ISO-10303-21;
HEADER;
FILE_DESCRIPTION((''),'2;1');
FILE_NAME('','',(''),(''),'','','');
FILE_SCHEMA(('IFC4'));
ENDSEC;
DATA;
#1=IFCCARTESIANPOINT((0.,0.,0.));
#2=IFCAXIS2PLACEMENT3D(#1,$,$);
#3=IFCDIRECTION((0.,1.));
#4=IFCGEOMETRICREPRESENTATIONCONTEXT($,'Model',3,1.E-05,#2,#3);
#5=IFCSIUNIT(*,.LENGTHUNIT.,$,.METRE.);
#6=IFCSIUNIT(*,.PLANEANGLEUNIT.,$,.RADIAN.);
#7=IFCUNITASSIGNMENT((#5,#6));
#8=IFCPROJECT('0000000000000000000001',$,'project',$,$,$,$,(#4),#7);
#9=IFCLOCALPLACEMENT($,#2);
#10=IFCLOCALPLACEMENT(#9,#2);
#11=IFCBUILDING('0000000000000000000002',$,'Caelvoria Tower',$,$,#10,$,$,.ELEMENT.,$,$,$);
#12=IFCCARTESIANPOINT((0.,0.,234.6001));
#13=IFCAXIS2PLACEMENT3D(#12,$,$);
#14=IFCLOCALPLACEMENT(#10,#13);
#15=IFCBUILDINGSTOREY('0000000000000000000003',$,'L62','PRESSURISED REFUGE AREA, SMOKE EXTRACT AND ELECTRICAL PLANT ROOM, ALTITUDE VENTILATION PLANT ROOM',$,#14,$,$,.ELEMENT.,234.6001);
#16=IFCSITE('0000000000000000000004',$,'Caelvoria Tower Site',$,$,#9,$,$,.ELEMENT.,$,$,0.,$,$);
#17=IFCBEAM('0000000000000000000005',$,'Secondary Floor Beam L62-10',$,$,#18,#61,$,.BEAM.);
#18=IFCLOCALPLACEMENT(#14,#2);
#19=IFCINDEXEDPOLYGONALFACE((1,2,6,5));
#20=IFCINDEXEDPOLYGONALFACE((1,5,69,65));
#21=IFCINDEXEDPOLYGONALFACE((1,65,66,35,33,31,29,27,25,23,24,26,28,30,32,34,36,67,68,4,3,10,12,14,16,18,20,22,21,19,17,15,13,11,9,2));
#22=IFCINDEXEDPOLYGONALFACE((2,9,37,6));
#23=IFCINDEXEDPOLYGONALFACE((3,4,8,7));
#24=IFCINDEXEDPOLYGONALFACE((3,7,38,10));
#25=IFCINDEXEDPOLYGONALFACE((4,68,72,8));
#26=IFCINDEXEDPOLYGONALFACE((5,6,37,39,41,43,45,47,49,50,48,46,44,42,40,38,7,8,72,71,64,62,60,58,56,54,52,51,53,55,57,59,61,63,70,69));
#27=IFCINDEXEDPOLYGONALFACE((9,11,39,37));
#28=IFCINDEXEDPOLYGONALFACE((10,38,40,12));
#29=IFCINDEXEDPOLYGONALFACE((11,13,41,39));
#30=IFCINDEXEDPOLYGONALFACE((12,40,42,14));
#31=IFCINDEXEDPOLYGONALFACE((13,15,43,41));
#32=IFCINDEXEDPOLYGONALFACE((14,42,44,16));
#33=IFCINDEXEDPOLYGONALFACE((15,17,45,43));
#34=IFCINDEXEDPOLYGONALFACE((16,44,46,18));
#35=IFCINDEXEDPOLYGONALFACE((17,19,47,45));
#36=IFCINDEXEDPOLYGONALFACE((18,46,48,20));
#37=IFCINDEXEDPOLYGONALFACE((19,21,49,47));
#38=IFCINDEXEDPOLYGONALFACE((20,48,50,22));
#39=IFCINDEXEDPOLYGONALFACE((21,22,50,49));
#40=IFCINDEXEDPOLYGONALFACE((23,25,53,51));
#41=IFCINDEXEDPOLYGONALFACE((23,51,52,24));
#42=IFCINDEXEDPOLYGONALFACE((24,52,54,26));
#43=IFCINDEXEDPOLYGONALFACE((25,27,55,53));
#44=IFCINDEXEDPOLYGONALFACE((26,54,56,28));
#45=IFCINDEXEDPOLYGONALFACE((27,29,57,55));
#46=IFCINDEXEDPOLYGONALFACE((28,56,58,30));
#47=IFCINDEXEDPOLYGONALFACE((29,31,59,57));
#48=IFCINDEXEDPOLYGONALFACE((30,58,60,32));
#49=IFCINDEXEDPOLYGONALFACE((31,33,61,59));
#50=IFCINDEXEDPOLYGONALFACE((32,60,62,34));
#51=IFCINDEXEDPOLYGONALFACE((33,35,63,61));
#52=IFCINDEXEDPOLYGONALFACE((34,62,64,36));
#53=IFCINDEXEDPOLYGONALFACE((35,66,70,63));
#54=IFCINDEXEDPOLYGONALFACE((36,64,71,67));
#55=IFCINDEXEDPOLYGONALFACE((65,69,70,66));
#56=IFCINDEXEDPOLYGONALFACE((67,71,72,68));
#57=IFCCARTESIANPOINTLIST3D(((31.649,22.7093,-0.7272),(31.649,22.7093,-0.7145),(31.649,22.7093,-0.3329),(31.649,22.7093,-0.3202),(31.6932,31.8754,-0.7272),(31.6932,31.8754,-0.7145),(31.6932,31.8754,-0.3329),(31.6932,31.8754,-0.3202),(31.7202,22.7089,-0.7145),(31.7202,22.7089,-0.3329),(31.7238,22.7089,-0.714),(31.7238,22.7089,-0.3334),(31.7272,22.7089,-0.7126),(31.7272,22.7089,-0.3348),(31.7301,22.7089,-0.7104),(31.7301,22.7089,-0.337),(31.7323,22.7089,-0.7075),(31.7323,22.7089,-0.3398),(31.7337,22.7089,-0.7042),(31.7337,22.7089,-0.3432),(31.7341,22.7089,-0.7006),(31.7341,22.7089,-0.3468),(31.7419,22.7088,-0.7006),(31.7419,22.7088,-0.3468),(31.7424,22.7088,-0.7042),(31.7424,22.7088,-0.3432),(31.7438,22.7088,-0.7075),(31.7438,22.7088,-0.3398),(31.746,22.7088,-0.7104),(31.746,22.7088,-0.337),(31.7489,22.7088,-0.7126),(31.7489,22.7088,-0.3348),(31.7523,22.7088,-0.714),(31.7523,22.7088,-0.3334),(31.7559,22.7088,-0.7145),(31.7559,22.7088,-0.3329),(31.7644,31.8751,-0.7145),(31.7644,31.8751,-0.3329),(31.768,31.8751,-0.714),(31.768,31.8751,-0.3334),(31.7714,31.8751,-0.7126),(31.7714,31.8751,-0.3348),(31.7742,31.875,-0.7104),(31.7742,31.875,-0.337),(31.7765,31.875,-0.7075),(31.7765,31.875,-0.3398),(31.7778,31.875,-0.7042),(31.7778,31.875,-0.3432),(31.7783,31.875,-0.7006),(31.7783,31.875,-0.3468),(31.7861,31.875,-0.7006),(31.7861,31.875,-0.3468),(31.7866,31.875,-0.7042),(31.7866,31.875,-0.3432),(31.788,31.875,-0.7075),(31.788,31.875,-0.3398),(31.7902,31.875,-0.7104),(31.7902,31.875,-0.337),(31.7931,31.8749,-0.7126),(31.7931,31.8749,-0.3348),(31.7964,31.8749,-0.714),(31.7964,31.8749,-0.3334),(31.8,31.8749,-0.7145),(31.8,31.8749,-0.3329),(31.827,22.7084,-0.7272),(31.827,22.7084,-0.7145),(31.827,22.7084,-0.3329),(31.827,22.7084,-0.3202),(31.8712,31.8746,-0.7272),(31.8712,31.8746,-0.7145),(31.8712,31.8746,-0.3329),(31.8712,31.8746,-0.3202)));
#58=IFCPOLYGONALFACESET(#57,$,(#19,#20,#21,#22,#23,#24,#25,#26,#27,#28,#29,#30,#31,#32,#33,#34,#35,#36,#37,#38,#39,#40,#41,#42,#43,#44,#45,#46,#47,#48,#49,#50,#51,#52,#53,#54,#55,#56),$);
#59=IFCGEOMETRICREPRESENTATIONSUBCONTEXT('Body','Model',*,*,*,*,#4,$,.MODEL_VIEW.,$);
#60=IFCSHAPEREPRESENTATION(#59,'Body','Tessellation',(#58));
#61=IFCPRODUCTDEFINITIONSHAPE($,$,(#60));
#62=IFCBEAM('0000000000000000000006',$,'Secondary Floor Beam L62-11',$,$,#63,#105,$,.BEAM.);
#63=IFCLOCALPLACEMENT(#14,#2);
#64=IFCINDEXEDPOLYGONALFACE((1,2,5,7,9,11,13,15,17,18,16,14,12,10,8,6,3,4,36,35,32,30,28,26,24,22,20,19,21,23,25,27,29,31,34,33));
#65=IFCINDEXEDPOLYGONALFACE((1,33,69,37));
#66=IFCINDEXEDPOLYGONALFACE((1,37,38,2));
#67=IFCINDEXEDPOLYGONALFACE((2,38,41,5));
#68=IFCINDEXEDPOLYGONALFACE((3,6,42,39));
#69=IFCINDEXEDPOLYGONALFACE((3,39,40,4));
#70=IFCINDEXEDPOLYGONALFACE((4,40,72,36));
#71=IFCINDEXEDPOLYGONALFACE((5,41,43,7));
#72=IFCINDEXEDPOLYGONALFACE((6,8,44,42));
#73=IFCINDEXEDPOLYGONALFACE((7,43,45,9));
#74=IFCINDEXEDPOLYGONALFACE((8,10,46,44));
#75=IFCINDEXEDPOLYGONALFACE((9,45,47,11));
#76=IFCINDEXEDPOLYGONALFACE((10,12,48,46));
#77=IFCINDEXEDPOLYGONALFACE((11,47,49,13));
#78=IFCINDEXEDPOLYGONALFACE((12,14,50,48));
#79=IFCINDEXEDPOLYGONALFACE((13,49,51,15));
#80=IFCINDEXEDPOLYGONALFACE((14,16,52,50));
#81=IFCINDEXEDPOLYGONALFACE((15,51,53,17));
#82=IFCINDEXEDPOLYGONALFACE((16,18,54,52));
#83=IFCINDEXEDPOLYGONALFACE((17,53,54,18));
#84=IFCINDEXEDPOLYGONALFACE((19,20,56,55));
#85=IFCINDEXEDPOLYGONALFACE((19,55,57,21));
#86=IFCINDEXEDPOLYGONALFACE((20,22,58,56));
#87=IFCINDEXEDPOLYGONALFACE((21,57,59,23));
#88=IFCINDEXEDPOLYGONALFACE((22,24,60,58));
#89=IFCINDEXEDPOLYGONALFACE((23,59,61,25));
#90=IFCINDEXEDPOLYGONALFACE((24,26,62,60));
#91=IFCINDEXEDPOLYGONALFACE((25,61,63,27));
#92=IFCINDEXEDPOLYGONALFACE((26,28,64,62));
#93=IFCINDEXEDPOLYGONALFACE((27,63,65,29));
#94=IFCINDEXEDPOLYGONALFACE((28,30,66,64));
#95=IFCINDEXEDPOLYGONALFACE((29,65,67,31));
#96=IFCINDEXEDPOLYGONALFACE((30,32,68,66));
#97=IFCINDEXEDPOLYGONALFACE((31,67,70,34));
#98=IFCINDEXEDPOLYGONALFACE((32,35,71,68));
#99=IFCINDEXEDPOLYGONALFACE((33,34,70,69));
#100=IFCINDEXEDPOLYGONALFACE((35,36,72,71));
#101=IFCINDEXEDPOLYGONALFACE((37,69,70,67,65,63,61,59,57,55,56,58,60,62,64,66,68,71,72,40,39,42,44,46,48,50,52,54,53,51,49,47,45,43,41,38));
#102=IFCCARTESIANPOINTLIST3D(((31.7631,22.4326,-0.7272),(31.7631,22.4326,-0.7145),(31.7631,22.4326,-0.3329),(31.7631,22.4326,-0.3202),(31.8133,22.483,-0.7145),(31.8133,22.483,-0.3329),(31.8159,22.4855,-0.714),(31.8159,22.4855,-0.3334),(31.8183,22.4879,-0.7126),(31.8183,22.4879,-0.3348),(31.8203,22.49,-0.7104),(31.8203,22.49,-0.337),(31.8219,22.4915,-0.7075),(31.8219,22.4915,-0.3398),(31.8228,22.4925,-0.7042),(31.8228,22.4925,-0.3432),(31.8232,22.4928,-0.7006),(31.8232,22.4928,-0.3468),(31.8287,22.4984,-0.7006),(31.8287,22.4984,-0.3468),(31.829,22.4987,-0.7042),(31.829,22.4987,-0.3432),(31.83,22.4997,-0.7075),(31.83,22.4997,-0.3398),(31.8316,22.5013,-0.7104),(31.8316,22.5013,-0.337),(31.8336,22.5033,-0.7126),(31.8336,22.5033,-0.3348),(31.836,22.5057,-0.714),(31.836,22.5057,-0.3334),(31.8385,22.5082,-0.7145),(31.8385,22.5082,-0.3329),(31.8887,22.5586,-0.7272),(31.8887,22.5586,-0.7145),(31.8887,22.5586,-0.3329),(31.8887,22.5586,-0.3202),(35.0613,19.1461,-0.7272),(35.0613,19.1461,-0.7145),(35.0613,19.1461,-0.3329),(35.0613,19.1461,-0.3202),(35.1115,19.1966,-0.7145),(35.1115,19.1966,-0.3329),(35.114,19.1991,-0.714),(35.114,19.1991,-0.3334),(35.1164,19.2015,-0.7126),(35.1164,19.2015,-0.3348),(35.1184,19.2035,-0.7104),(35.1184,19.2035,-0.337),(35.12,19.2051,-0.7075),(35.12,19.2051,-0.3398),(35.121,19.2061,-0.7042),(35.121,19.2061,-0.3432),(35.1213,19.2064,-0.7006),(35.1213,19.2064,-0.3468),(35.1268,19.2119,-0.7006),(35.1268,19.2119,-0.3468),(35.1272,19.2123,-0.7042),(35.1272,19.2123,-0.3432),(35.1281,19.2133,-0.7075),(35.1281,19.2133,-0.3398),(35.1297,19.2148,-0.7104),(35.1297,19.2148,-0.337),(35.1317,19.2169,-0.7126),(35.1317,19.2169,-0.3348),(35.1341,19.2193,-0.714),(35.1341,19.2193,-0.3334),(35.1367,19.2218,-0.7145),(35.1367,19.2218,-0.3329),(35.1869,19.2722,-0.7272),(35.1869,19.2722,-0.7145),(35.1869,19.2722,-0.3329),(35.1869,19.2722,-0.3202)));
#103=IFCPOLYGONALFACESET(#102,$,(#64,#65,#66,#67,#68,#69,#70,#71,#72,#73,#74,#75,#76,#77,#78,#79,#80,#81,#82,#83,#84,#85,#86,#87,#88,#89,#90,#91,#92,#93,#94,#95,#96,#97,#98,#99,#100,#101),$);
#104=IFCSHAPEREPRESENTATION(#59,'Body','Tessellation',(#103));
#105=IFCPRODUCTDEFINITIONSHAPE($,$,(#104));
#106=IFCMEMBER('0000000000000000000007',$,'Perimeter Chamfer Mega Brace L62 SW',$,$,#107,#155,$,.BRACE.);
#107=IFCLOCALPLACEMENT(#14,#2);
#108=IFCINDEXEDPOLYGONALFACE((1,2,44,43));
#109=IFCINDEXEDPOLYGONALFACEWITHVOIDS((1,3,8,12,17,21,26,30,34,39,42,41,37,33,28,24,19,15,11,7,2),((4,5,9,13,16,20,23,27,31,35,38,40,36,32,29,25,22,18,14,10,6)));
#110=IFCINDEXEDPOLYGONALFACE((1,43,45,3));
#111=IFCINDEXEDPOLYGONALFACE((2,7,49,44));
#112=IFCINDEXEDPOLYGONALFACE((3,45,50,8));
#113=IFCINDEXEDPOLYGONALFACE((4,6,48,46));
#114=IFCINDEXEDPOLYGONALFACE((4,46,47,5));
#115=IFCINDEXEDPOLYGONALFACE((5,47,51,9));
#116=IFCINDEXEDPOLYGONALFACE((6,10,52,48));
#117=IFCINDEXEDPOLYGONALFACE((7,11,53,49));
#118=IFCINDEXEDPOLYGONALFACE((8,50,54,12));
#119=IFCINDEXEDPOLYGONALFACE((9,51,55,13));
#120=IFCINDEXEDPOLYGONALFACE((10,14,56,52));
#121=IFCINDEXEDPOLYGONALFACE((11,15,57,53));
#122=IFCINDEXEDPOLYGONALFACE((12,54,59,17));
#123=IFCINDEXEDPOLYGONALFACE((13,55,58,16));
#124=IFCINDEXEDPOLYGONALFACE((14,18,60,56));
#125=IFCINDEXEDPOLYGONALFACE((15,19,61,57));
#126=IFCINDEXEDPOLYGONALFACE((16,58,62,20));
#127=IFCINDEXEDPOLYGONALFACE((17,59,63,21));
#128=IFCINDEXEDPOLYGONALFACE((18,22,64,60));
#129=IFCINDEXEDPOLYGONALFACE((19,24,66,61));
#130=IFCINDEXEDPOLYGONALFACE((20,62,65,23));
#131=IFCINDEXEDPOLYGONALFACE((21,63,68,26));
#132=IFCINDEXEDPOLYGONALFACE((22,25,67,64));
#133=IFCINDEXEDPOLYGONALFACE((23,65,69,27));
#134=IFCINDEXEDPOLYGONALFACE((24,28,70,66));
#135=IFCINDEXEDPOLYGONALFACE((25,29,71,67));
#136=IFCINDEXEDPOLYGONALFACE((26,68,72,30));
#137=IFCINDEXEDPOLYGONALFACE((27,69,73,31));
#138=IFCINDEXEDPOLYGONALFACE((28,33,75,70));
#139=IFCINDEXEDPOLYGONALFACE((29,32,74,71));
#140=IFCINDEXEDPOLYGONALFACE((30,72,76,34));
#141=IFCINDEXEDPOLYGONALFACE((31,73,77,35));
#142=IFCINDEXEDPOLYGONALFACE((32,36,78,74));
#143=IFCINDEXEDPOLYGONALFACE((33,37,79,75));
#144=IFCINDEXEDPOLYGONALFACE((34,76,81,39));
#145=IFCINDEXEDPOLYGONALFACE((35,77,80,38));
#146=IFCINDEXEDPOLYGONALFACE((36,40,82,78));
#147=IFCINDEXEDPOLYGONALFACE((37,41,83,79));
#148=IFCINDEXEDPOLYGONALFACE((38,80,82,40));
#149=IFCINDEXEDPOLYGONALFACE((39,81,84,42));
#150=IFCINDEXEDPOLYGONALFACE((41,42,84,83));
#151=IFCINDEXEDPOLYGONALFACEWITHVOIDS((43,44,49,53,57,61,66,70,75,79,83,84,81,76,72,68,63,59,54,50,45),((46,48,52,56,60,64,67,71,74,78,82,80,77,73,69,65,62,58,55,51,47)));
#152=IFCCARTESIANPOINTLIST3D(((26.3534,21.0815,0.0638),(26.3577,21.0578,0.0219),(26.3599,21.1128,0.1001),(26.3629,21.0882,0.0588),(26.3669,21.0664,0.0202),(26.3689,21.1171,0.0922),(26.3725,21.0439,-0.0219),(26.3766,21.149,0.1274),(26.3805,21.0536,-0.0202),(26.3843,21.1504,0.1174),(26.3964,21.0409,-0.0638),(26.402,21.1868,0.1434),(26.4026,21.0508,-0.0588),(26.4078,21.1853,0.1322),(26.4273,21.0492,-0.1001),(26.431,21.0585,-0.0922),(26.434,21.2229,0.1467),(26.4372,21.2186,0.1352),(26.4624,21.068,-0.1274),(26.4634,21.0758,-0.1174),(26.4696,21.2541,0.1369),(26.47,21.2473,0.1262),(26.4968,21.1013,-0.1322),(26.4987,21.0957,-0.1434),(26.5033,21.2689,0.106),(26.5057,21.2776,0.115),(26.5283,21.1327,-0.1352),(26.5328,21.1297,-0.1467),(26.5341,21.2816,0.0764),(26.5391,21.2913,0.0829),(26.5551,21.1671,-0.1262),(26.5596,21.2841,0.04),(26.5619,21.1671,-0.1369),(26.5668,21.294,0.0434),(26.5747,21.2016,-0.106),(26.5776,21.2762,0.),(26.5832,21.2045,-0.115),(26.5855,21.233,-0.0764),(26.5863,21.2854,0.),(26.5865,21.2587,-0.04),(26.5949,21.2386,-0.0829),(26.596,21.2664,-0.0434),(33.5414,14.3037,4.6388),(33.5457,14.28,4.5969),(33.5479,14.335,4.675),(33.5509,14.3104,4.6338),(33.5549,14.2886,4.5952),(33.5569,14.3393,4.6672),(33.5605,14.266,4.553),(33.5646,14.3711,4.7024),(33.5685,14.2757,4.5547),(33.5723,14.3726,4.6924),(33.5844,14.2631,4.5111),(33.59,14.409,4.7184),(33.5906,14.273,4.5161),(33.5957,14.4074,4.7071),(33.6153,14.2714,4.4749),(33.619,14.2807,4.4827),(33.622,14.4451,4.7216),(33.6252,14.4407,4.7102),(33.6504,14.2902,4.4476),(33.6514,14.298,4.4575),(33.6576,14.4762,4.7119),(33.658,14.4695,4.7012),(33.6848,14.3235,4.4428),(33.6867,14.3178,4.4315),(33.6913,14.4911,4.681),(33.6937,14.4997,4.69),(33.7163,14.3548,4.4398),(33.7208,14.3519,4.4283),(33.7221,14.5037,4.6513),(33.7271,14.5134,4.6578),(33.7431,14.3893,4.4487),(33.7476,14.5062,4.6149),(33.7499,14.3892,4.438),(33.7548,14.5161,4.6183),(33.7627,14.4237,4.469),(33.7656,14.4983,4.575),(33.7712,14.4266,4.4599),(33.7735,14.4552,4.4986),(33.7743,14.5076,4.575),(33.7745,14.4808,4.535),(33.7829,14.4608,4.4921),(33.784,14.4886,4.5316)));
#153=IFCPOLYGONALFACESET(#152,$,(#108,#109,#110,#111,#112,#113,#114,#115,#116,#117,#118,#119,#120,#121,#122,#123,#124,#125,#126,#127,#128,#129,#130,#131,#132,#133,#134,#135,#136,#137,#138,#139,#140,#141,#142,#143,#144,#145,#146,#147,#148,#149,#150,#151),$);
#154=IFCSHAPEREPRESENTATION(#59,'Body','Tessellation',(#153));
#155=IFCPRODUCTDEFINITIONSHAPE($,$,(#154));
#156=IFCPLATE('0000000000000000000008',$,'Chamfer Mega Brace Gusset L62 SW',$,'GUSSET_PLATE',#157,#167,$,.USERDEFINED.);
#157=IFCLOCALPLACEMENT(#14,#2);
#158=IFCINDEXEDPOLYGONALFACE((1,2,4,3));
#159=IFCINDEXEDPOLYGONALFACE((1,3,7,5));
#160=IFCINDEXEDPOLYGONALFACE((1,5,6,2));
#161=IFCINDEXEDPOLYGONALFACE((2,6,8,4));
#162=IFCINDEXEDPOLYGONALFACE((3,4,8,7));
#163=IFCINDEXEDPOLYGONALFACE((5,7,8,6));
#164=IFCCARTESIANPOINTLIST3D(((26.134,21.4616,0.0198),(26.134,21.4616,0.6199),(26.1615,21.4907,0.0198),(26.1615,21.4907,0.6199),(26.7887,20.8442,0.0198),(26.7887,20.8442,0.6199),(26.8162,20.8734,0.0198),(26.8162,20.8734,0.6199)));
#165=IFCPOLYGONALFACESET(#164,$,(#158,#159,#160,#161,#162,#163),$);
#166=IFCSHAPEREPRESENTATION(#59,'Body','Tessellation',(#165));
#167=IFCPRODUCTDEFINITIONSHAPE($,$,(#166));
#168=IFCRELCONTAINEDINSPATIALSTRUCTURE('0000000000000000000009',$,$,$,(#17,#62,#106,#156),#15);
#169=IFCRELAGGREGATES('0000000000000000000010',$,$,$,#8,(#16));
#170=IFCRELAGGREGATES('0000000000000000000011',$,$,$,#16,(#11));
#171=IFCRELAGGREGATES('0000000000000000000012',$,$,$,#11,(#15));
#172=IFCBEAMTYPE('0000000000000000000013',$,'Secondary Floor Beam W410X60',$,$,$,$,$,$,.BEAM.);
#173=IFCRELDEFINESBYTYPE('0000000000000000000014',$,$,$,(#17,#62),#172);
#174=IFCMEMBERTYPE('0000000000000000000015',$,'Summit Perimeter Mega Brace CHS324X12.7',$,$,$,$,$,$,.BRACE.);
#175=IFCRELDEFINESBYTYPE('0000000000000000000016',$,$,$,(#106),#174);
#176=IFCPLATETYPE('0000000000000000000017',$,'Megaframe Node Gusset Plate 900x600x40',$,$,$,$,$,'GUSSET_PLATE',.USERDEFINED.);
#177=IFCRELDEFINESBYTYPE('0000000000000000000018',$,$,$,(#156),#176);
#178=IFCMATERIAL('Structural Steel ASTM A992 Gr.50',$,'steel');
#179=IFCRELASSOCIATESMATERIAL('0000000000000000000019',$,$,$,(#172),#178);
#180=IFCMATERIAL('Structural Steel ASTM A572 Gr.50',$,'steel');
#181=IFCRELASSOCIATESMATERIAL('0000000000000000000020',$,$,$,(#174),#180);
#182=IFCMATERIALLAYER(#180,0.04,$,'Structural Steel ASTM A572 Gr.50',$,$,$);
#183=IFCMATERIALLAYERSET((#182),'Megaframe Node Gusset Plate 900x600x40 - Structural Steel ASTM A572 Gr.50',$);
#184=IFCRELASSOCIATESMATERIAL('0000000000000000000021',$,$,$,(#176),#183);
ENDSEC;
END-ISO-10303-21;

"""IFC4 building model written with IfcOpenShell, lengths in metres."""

from ifc_helpers import new_model, si_unit, direction, frame, origin, origin_2d, place, context, subcontext, project, spatial, rectangle, hollow_circle, i_section, extrude, material, layer, layer_set, material_profile, profile_set, type_object, element, save


model = new_model("IFC4")

# Units and contexts
model_context = context("Model", 3, precision=1e-05, world=origin(), true_north=direction((0.0, 1.0)))
body_context = subcontext(model_context, "Body", "Model", "MODEL_VIEW")
ifc_project = project(units=[si_unit("LENGTHUNIT", "METRE"), si_unit("PLANEANGLEUNIT", "RADIAN")], contexts=[model_context])

# Site, building, storey
site_placement = place(None, origin())
site = spatial("IfcSite", under=ifc_project, at=site_placement, Name="Caelvoria Tower Site", CompositionType="ELEMENT", RefElevation=0.0)
building_placement = place(site_placement, origin())
building = spatial("IfcBuilding", under=site, at=building_placement, Name="Caelvoria Tower", CompositionType="ELEMENT")
storey_placement = place(building_placement, frame((0.0, 0.0, 234.6001)))
storey = spatial("IfcBuildingStorey", under=building, at=storey_placement, Name="L62", Description="PRESSURISED REFUGE AREA, SMOKE EXTRACT AND ELECTRICAL PLANT ROOM, ALTITUDE VENTILATION PLANT ROOM", CompositionType="ELEMENT", Elevation=234.6001)

# Shared definitions
ifc_material_1 = material(Name="Structural Steel ASTM A572 Gr.50", Category="steel")
ifc_material_2 = material(Name="Structural Steel ASTM A992 Gr.50", Category="steel")

# Beams
ifc_material_profile_1 = material_profile(ifc_material_2, i_section(OverallWidth=0.178, OverallDepth=0.407, WebThickness=0.0078, FlangeThickness=0.0127, FilletRadius=0.0139, at=origin_2d()), Name="Structural Steel ASTM A992 Gr.50")
ifc_profile_set_1 = profile_set([ifc_material_profile_1], Name="W410X60 - Structural Steel ASTM A992 Gr.50")
beam_type_1 = type_object("IfcBeamType", Name="Secondary Floor Beam W410X60", PredefinedType="BEAM", material=ifc_profile_set_1)
beam_1_placement = place(storey_placement, frame((31.7822, 31.875, -0.5237), z_axis=(-0.004821, -0.999988, 0.0), x_axis=(0.999988, -0.004821, 0.0)))
element("IfcBeam", 1, at=beam_1_placement, inside=storey, type_object=beam_type_1, Name="Secondary Floor Beam L62-10", PredefinedType="BEAM", context=body_context, shape_type="SweptSolid", body=[
    extrude(i_section(OverallWidth=0.178, OverallDepth=0.407, WebThickness=0.0078, FlangeThickness=0.0127, FilletRadius=0.0139, at=origin_2d()), origin(), (0.0, 0.0, 1.0), 9.1663),
])
beam_2_placement = place(storey_placement, frame((31.8259, 22.4956, -0.5237), z_axis=(0.708364, -0.705847, 0.0), x_axis=(0.705847, 0.708364, 0.0)))
element("IfcBeam", 2, at=beam_2_placement, inside=storey, type_object=beam_type_1, Name="Secondary Floor Beam L62-11", PredefinedType="BEAM", context=body_context, shape_type="SweptSolid", body=[
    extrude(i_section(OverallWidth=0.178, OverallDepth=0.407, WebThickness=0.0078, FlangeThickness=0.0127, FilletRadius=0.0139, at=origin_2d()), origin(), (0.0, 0.0, 1.0), 4.656),
])

# Member
ifc_material_profile_2 = material_profile(ifc_material_1, hollow_circle(Radius=0.1621, WallThickness=0.0127, at=origin_2d()), Name="Structural Steel ASTM A572 Gr.50")
ifc_profile_set_2 = profile_set([ifc_material_profile_2], Name="CHS324X12.7 - Structural Steel ASTM A572 Gr.50")
member_type_1 = type_object("IfcMemberType", Name="Summit Perimeter Mega Brace CHS324X12.7", PredefinedType="BRACE", material=ifc_profile_set_2)
member_1_placement = place(storey_placement, frame((26.4751, 21.1675, 0.0), z_axis=(0.660209, -0.622537, 0.420204), x_axis=(0.686044, 0.72756, 0.0)))
element("IfcMember", 3, at=member_1_placement, inside=storey, type_object=member_type_1, Name="Perimeter Chamfer Mega Brace L62 SW", PredefinedType="BRACE", context=body_context, shape_type="SweptSolid", body=[
    extrude(hollow_circle(Radius=0.1621, WallThickness=0.0127, at=origin_2d()), origin(), (0.0, 0.0, 1.0), 10.8875),
])

# Plate
ifc_layer_1 = layer(ifc_material_1, 0.04, Name="Structural Steel ASTM A572 Gr.50")
ifc_layer_set_1 = layer_set([ifc_layer_1], Name="Megaframe Node Gusset Plate 900x600x40 - Structural Steel ASTM A572 Gr.50")
plate_type = type_object("IfcPlateType", Name="Megaframe Node Gusset Plate 900x600x40", ElementType="GUSSET_PLATE", PredefinedType="USERDEFINED", material=ifc_layer_set_1)
plate_placement = place(storey_placement, frame((26.4751, 21.1675, 0.0198), z_axis=(0.0, 0.0, 1.0), x_axis=(0.727567, -0.686037, 0.0)))
element("IfcPlate", 4, at=plate_placement, inside=storey, type_object=plate_type, Name="Chamfer Mega Brace Gusset L62 SW", ObjectType="GUSSET_PLATE", PredefinedType="USERDEFINED", context=body_context, shape_type="SweptSolid", body=[
    extrude(rectangle(XDim=0.8999, YDim=0.04, at=origin_2d()), origin(), (0.0, 0.0, 1.0), 0.6001),
])

save(model, "model.ifc")
